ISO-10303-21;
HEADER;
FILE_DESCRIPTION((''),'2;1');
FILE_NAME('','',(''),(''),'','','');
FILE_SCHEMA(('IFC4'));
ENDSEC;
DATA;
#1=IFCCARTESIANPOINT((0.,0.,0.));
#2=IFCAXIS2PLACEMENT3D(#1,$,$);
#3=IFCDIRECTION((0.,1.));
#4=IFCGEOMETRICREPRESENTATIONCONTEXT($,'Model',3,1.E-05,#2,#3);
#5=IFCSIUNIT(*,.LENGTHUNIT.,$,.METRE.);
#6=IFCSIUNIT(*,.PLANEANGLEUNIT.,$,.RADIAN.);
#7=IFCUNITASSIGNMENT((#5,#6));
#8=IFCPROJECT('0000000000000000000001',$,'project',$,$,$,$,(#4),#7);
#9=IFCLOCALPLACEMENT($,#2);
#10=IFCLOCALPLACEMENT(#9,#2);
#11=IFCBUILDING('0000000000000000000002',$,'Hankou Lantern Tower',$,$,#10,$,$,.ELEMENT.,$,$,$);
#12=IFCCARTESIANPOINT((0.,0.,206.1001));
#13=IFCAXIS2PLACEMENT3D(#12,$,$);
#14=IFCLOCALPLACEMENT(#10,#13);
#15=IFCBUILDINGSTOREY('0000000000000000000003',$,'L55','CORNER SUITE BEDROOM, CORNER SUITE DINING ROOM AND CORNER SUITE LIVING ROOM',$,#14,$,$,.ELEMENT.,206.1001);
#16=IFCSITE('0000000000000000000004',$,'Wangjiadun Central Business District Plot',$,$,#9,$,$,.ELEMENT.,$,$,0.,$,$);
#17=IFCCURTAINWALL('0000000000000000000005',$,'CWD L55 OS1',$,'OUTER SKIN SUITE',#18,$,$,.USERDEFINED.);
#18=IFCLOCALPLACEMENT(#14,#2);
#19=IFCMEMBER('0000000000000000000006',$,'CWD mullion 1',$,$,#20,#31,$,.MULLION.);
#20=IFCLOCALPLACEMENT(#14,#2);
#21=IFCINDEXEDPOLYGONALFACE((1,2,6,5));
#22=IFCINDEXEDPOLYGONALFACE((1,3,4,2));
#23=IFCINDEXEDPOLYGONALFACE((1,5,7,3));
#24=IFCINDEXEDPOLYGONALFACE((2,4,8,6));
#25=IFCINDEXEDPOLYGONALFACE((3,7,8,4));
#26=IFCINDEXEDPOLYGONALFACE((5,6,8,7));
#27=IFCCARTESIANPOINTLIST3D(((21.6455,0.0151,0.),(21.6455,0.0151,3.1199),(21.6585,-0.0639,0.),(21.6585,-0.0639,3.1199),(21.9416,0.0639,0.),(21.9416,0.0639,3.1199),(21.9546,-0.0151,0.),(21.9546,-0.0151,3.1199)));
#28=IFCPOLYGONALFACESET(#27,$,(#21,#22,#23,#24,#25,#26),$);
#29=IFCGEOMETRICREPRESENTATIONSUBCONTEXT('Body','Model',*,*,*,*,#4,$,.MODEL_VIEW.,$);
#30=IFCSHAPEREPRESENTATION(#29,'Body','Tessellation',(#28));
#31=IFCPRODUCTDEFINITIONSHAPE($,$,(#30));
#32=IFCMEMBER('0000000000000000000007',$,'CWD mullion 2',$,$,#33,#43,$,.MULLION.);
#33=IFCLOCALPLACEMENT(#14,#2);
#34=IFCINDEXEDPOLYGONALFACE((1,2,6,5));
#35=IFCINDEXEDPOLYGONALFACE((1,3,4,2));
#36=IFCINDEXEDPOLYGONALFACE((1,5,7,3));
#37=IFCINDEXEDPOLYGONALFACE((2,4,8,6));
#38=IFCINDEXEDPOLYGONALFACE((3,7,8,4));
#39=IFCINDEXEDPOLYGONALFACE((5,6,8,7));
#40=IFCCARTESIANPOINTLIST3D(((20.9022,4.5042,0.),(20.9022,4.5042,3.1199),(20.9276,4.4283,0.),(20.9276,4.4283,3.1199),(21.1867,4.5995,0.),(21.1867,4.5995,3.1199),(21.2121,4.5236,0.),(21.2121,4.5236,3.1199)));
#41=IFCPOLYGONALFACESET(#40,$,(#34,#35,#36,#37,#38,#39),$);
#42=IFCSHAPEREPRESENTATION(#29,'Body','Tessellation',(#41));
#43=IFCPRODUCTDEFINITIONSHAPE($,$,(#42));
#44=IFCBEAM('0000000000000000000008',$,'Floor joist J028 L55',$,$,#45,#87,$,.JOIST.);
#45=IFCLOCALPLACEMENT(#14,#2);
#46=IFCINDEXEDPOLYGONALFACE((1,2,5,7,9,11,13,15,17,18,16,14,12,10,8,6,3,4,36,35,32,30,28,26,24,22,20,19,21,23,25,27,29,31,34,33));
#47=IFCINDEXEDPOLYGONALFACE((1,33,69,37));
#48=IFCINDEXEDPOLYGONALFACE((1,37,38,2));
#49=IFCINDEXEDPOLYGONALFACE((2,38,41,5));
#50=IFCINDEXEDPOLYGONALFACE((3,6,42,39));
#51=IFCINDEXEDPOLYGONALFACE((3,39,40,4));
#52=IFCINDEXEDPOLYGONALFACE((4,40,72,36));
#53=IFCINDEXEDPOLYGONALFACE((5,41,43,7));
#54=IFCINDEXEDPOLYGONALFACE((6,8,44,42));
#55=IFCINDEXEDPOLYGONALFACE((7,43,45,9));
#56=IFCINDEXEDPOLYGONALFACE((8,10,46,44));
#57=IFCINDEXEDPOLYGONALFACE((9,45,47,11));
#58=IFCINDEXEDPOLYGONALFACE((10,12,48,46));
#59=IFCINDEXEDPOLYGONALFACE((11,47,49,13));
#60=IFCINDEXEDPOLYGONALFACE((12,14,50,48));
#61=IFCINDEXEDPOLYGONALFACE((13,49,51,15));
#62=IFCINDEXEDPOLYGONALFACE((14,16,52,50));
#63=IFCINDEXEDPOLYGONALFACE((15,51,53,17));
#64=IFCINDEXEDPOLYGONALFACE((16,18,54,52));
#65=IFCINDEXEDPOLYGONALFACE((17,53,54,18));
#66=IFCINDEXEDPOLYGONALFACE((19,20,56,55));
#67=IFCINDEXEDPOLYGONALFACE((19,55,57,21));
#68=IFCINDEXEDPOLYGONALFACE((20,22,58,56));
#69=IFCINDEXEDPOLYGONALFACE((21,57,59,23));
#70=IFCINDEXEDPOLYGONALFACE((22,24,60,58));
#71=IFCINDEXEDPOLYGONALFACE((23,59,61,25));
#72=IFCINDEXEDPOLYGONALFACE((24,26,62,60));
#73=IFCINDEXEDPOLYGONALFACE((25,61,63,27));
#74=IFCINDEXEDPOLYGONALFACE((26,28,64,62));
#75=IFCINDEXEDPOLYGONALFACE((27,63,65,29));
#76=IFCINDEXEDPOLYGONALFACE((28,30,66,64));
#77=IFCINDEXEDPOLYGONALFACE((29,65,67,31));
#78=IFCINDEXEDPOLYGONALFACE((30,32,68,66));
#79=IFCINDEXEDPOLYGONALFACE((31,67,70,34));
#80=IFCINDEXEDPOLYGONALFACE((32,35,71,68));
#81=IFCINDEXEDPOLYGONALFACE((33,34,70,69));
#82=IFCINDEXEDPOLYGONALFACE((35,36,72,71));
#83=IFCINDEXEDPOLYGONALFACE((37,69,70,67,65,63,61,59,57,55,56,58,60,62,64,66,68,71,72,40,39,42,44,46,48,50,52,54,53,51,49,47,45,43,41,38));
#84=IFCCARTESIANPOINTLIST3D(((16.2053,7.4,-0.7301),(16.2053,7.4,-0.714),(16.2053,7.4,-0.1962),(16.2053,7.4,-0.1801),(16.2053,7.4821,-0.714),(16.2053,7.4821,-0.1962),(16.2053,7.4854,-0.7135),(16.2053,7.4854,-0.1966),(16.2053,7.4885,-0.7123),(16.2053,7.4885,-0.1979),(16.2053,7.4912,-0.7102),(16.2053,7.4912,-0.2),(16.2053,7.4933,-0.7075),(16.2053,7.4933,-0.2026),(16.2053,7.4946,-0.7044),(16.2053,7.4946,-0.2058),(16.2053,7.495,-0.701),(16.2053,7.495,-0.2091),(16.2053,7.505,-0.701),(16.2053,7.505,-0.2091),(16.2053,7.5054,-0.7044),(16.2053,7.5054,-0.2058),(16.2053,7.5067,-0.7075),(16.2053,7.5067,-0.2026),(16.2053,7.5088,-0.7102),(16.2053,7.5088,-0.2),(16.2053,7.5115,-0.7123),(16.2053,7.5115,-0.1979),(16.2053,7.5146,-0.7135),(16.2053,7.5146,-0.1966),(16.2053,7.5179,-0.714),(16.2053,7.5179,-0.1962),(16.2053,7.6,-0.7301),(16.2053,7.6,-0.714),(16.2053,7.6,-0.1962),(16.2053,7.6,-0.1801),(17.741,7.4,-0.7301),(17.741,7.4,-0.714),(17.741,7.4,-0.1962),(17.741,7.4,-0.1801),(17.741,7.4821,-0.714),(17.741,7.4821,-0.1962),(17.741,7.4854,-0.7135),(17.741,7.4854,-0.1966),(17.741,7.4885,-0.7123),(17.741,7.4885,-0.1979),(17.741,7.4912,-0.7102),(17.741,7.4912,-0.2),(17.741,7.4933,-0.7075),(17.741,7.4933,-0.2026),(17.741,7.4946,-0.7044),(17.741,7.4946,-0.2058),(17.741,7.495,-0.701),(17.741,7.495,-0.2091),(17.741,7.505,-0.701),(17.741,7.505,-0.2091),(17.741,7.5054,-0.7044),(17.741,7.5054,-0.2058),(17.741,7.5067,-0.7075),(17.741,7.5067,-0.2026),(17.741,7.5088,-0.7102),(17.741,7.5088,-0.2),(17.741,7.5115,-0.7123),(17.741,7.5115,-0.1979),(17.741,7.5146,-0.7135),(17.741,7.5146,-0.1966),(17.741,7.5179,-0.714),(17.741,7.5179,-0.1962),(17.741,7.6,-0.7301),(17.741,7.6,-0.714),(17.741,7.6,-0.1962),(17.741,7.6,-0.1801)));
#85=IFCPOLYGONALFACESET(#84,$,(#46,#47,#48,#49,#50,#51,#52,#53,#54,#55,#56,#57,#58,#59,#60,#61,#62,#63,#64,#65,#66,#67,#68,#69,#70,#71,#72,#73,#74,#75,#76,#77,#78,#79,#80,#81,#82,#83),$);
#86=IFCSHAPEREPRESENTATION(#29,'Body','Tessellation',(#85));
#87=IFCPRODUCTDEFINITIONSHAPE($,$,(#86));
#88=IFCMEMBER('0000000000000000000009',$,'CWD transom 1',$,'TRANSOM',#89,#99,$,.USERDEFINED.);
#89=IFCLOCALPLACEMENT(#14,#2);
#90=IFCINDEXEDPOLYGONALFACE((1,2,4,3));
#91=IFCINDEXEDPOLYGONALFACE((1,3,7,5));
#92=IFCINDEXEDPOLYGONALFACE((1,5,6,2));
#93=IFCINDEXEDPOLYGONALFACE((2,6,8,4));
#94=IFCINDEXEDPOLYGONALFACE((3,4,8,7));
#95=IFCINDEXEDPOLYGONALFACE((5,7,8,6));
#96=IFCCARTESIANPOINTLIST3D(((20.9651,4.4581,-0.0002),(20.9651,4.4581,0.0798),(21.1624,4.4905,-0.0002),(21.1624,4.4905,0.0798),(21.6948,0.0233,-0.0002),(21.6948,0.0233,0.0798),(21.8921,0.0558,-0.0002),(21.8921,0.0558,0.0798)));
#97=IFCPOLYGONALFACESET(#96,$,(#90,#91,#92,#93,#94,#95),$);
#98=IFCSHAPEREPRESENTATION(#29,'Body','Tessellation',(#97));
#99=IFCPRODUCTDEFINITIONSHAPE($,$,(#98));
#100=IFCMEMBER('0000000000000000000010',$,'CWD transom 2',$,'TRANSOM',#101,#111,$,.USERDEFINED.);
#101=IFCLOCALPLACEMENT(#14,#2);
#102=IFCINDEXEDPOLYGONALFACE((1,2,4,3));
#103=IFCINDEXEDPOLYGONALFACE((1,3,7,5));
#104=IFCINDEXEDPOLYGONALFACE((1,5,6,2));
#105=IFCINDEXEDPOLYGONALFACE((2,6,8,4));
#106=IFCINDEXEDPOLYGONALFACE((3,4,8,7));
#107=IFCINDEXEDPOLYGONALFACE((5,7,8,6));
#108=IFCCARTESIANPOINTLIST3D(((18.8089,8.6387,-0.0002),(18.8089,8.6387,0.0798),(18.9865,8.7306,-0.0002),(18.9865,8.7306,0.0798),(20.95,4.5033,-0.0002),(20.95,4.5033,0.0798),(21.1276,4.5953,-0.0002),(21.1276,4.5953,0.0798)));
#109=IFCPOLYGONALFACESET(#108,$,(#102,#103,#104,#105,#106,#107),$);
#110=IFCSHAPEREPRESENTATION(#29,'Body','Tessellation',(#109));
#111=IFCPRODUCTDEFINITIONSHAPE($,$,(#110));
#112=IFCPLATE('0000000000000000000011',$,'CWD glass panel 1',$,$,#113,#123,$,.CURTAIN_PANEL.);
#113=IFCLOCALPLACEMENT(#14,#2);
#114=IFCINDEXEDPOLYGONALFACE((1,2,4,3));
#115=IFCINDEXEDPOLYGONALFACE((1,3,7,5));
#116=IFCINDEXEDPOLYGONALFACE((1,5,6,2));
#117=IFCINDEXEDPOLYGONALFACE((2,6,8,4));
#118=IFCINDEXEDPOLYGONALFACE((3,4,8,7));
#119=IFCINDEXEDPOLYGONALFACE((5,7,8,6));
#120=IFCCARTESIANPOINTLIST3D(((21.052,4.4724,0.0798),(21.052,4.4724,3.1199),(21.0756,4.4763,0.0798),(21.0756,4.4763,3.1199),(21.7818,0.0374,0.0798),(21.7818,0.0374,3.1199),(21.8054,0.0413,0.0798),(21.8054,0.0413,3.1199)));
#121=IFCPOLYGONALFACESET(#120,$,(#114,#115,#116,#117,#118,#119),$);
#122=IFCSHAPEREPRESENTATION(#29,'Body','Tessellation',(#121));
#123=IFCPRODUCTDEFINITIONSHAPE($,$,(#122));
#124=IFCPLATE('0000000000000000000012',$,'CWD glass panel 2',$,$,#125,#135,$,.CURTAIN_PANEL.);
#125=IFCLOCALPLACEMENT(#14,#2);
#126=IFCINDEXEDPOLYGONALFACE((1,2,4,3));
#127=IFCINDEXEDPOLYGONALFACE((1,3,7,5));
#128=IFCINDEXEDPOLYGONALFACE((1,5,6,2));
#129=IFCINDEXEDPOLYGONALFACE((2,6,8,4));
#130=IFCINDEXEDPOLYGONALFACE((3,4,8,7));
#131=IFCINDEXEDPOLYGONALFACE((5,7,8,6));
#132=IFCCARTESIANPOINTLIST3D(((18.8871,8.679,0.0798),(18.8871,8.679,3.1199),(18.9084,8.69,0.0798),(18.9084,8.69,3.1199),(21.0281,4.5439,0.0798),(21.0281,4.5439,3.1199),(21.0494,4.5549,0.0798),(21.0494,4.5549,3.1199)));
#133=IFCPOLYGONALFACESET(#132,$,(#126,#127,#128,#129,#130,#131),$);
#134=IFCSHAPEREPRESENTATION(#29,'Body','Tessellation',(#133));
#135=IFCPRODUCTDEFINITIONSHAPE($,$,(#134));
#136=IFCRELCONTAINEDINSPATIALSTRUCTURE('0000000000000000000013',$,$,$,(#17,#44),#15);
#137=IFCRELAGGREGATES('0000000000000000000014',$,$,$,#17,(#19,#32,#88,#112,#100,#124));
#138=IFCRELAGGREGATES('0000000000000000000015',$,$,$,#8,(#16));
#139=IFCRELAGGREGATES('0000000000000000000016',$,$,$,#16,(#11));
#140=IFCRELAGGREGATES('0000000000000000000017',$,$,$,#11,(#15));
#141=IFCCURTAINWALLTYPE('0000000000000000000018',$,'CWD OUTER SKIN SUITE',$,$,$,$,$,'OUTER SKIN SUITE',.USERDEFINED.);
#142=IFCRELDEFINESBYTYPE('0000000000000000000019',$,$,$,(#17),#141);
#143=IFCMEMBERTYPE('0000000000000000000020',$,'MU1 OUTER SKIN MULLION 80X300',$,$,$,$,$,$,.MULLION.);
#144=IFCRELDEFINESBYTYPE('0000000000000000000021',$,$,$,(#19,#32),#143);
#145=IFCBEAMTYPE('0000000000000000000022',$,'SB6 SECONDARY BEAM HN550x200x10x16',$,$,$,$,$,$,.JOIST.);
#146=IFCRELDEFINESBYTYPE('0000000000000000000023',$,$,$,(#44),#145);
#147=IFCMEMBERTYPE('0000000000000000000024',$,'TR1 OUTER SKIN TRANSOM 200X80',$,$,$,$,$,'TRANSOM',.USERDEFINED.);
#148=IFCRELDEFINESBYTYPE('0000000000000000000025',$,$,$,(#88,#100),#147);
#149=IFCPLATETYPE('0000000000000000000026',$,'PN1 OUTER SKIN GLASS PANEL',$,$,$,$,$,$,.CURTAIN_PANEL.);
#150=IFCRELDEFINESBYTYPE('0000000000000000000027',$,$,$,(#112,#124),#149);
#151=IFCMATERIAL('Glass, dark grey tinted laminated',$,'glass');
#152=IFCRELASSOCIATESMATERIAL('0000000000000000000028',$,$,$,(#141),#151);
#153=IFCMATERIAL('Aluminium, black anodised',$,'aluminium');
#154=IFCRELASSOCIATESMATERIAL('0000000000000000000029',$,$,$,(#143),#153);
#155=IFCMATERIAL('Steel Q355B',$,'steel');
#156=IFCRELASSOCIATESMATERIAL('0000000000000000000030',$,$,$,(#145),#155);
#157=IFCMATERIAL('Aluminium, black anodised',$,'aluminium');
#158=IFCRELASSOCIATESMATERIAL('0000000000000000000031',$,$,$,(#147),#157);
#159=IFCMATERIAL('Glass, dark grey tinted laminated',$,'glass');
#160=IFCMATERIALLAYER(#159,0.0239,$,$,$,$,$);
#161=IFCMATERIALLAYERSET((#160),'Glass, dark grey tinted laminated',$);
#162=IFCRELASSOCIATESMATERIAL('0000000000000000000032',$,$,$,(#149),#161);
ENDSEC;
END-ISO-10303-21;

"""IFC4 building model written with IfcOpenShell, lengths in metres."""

from ifc_helpers import new_model, si_unit, direction, frame, origin, origin_2d, place, context, subcontext, project, spatial, rectangle, i_section, extrude, material, layer, layer_set, material_profile, profile_set, type_object, element, aggregate, save


model = new_model("IFC4")

# Units and contexts
model_context = context("Model", 3, precision=1e-05, world=origin(), true_north=direction((0.0, 1.0)))
body_context = subcontext(model_context, "Body", "Model", "MODEL_VIEW")
ifc_project = project(units=[si_unit("LENGTHUNIT", "METRE"), si_unit("PLANEANGLEUNIT", "RADIAN")], contexts=[model_context])

# Site, building, storey
site_placement = place(None, origin())
site = spatial("IfcSite", under=ifc_project, at=site_placement, Name="Wangjiadun Central Business District Plot", CompositionType="ELEMENT", RefElevation=0.0)
building_placement = place(site_placement, origin())
building = spatial("IfcBuilding", under=site, at=building_placement, Name="Hankou Lantern Tower", CompositionType="ELEMENT")
storey_placement = place(building_placement, frame((0.0, 0.0, 206.1001)))
storey = spatial("IfcBuildingStorey", under=building, at=storey_placement, Name="L55", Description="CORNER SUITE BEDROOM, CORNER SUITE DINING ROOM AND CORNER SUITE LIVING ROOM", CompositionType="ELEMENT", Elevation=206.1001)

# Curtain wall, members
ifc_material_1 = material(Name="Glass, dark grey tinted laminated", Category="glass")
curtain_wall_type = type_object("IfcCurtainWallType", Name="CWD OUTER SKIN SUITE", ElementType="OUTER SKIN SUITE", PredefinedType="USERDEFINED", material=ifc_material_1)
curtain_wall_placement = place(storey_placement, origin())
curtain_wall = element("IfcCurtainWall", 1, at=curtain_wall_placement, inside=storey, type_object=curtain_wall_type, Name="CWD L55 OS1", ObjectType="OUTER SKIN SUITE", PredefinedType="USERDEFINED")
ifc_material_2 = material(Name="Aluminium, black anodised", Category="aluminium")
ifc_material_profile_1 = material_profile(ifc_material_2, rectangle(XDim=0.0801, YDim=0.3, at=origin_2d()), Name="MU1 80X300")
ifc_profile_set_1 = profile_set([ifc_material_profile_1], Name="Aluminium, black anodised")
member_type_1 = type_object("IfcMemberType", Name="MU1 OUTER SKIN MULLION 80X300", PredefinedType="MULLION", material=ifc_profile_set_1)
member_1_placement = place(storey_placement, frame((21.8, 0.0, 0.0), z_axis=(0.0, 0.0, 1.0), x_axis=(-0.162382, 0.986728, 0.0)))
member_1 = element("IfcMember", 2, at=member_1_placement, type_object=member_type_1, Name="CWD mullion 1", PredefinedType="MULLION", context=body_context, shape_type="SweptSolid", body=[
    extrude(rectangle(XDim=0.0801, YDim=0.3, at=origin_2d()), origin(), (0.0, 0.0, 1.0), 3.1199),
])
member_2_placement = place(storey_placement, frame((21.0571, 4.5139, 0.0), z_axis=(0.0, 0.0, 1.0), x_axis=(-0.317596, 0.948226, 0.0)))
member_2 = element("IfcMember", 3, at=member_2_placement, type_object=member_type_1, Name="CWD mullion 2", PredefinedType="MULLION", context=body_context, shape_type="SweptSolid", body=[
    extrude(rectangle(XDim=0.0801, YDim=0.3, at=origin_2d()), origin(), (0.0, 0.0, 1.0), 3.1199),
])

# Beam
ifc_material_3 = material(Name="Steel Q355B", Category="steel")
ifc_material_profile_2 = material_profile(ifc_material_3, i_section(OverallWidth=0.2, OverallDepth=0.55, WebThickness=0.01, FlangeThickness=0.0161, FilletRadius=0.0129, at=origin_2d()), Name="HN550x200x10x16")
ifc_profile_set_2 = profile_set([ifc_material_profile_2], Name="Steel Q355B")
beam_type_1 = type_object("IfcBeamType", Name="SB6 SECONDARY BEAM HN550x200x10x16", PredefinedType="JOIST", material=ifc_profile_set_2)
beam_1_placement = place(storey_placement, frame((16.2053, 7.5, -0.4551), z_axis=(1.0, 0.0, 0.0), x_axis=(0.0, 1.0, 0.0)))
element("IfcBeam", 4, at=beam_1_placement, inside=storey, type_object=beam_type_1, Name="Floor joist J028 L55", PredefinedType="JOIST", context=body_context, shape_type="SweptSolid", body=[
    extrude(i_section(OverallWidth=0.2, OverallDepth=0.55, WebThickness=0.01, FlangeThickness=0.0161, FilletRadius=0.0129, at=origin_2d()), origin(), (0.0, 0.0, 1.0), 1.5356),
])

# Members
ifc_material_4 = material(Name="Aluminium, black anodised", Category="aluminium")
ifc_material_profile_3 = material_profile(ifc_material_4, rectangle(XDim=0.2, YDim=0.0801, at=origin_2d()), Name="TR1 200X80")
ifc_profile_set_3 = profile_set([ifc_material_profile_3], Name="Aluminium, black anodised")
member_type_2 = type_object("IfcMemberType", Name="TR1 OUTER SKIN TRANSOM 200X80", ElementType="TRANSOM", PredefinedType="USERDEFINED", material=ifc_profile_set_3)
member_3_placement = place(storey_placement, frame((21.7935, 0.0396, 0.0398), z_axis=(-0.162364, 0.986731, 0.0), x_axis=(-0.986731, -0.162364, 0.0)))
member_3 = element("IfcMember", 5, at=member_3_placement, type_object=member_type_2, Name="CWD transom 1", ObjectType="TRANSOM", PredefinedType="USERDEFINED", context=body_context, shape_type="SweptSolid", body=[
    extrude(rectangle(XDim=0.2, YDim=0.0801, at=origin_2d()), origin(), (0.0, 0.0, 1.0), 4.4944),
])
member_4_placement = place(storey_placement, frame((21.0388, 4.5493, 0.0398), z_axis=(-0.459794, 0.888026, 0.0), x_axis=(-0.888026, -0.459794, 0.0)))
member_4 = element("IfcMember", 6, at=member_4_placement, type_object=member_type_2, Name="CWD transom 2", ObjectType="TRANSOM", PredefinedType="USERDEFINED", context=body_context, shape_type="SweptSolid", body=[
    extrude(rectangle(XDim=0.2, YDim=0.0801, at=origin_2d()), origin(), (0.0, 0.0, 1.0), 4.6567),
])

# Plates
ifc_material_5 = material(Name="Glass, dark grey tinted laminated", Category="glass")
ifc_layer_1 = layer(ifc_material_5, 0.0239)
ifc_layer_set_1 = layer_set([ifc_layer_1], Name="Glass, dark grey tinted laminated")
plate_type = type_object("IfcPlateType", Name="PN1 OUTER SKIN GLASS PANEL", PredefinedType="CURTAIN_PANEL", material=ifc_layer_set_1)
plate_1_placement = place(storey_placement, frame((21.4287, 2.2568, 0.0798), z_axis=(0.0, 0.0, 1.0), x_axis=(-0.162382, 0.986728, 0.0)))
plate_1 = element("IfcPlate", 7, at=plate_1_placement, type_object=plate_type, Name="CWD glass panel 1", PredefinedType="CURTAIN_PANEL", context=body_context, shape_type="SweptSolid", body=[
    extrude(rectangle(XDim=4.4946, YDim=0.0239, at=origin_2d()), origin(), (0.0, 0.0, 1.0), 3.04),
])
plate_2_placement = place(storey_placement, frame((19.9683, 6.6169, 0.0798), z_axis=(0.0, 0.0, 1.0), x_axis=(-0.459791, 0.888027, 0.0)))
plate_2 = element("IfcPlate", 8, at=plate_2_placement, type_object=plate_type, Name="CWD glass panel 2", PredefinedType="CURTAIN_PANEL", context=body_context, shape_type="SweptSolid", body=[
    extrude(rectangle(XDim=4.6565, YDim=0.0239, at=origin_2d()), origin(), (0.0, 0.0, 1.0), 3.04),
])
aggregate(curtain_wall, [member_1, member_2, member_3, plate_1, member_4, plate_2])

save(model, "model.ifc")
